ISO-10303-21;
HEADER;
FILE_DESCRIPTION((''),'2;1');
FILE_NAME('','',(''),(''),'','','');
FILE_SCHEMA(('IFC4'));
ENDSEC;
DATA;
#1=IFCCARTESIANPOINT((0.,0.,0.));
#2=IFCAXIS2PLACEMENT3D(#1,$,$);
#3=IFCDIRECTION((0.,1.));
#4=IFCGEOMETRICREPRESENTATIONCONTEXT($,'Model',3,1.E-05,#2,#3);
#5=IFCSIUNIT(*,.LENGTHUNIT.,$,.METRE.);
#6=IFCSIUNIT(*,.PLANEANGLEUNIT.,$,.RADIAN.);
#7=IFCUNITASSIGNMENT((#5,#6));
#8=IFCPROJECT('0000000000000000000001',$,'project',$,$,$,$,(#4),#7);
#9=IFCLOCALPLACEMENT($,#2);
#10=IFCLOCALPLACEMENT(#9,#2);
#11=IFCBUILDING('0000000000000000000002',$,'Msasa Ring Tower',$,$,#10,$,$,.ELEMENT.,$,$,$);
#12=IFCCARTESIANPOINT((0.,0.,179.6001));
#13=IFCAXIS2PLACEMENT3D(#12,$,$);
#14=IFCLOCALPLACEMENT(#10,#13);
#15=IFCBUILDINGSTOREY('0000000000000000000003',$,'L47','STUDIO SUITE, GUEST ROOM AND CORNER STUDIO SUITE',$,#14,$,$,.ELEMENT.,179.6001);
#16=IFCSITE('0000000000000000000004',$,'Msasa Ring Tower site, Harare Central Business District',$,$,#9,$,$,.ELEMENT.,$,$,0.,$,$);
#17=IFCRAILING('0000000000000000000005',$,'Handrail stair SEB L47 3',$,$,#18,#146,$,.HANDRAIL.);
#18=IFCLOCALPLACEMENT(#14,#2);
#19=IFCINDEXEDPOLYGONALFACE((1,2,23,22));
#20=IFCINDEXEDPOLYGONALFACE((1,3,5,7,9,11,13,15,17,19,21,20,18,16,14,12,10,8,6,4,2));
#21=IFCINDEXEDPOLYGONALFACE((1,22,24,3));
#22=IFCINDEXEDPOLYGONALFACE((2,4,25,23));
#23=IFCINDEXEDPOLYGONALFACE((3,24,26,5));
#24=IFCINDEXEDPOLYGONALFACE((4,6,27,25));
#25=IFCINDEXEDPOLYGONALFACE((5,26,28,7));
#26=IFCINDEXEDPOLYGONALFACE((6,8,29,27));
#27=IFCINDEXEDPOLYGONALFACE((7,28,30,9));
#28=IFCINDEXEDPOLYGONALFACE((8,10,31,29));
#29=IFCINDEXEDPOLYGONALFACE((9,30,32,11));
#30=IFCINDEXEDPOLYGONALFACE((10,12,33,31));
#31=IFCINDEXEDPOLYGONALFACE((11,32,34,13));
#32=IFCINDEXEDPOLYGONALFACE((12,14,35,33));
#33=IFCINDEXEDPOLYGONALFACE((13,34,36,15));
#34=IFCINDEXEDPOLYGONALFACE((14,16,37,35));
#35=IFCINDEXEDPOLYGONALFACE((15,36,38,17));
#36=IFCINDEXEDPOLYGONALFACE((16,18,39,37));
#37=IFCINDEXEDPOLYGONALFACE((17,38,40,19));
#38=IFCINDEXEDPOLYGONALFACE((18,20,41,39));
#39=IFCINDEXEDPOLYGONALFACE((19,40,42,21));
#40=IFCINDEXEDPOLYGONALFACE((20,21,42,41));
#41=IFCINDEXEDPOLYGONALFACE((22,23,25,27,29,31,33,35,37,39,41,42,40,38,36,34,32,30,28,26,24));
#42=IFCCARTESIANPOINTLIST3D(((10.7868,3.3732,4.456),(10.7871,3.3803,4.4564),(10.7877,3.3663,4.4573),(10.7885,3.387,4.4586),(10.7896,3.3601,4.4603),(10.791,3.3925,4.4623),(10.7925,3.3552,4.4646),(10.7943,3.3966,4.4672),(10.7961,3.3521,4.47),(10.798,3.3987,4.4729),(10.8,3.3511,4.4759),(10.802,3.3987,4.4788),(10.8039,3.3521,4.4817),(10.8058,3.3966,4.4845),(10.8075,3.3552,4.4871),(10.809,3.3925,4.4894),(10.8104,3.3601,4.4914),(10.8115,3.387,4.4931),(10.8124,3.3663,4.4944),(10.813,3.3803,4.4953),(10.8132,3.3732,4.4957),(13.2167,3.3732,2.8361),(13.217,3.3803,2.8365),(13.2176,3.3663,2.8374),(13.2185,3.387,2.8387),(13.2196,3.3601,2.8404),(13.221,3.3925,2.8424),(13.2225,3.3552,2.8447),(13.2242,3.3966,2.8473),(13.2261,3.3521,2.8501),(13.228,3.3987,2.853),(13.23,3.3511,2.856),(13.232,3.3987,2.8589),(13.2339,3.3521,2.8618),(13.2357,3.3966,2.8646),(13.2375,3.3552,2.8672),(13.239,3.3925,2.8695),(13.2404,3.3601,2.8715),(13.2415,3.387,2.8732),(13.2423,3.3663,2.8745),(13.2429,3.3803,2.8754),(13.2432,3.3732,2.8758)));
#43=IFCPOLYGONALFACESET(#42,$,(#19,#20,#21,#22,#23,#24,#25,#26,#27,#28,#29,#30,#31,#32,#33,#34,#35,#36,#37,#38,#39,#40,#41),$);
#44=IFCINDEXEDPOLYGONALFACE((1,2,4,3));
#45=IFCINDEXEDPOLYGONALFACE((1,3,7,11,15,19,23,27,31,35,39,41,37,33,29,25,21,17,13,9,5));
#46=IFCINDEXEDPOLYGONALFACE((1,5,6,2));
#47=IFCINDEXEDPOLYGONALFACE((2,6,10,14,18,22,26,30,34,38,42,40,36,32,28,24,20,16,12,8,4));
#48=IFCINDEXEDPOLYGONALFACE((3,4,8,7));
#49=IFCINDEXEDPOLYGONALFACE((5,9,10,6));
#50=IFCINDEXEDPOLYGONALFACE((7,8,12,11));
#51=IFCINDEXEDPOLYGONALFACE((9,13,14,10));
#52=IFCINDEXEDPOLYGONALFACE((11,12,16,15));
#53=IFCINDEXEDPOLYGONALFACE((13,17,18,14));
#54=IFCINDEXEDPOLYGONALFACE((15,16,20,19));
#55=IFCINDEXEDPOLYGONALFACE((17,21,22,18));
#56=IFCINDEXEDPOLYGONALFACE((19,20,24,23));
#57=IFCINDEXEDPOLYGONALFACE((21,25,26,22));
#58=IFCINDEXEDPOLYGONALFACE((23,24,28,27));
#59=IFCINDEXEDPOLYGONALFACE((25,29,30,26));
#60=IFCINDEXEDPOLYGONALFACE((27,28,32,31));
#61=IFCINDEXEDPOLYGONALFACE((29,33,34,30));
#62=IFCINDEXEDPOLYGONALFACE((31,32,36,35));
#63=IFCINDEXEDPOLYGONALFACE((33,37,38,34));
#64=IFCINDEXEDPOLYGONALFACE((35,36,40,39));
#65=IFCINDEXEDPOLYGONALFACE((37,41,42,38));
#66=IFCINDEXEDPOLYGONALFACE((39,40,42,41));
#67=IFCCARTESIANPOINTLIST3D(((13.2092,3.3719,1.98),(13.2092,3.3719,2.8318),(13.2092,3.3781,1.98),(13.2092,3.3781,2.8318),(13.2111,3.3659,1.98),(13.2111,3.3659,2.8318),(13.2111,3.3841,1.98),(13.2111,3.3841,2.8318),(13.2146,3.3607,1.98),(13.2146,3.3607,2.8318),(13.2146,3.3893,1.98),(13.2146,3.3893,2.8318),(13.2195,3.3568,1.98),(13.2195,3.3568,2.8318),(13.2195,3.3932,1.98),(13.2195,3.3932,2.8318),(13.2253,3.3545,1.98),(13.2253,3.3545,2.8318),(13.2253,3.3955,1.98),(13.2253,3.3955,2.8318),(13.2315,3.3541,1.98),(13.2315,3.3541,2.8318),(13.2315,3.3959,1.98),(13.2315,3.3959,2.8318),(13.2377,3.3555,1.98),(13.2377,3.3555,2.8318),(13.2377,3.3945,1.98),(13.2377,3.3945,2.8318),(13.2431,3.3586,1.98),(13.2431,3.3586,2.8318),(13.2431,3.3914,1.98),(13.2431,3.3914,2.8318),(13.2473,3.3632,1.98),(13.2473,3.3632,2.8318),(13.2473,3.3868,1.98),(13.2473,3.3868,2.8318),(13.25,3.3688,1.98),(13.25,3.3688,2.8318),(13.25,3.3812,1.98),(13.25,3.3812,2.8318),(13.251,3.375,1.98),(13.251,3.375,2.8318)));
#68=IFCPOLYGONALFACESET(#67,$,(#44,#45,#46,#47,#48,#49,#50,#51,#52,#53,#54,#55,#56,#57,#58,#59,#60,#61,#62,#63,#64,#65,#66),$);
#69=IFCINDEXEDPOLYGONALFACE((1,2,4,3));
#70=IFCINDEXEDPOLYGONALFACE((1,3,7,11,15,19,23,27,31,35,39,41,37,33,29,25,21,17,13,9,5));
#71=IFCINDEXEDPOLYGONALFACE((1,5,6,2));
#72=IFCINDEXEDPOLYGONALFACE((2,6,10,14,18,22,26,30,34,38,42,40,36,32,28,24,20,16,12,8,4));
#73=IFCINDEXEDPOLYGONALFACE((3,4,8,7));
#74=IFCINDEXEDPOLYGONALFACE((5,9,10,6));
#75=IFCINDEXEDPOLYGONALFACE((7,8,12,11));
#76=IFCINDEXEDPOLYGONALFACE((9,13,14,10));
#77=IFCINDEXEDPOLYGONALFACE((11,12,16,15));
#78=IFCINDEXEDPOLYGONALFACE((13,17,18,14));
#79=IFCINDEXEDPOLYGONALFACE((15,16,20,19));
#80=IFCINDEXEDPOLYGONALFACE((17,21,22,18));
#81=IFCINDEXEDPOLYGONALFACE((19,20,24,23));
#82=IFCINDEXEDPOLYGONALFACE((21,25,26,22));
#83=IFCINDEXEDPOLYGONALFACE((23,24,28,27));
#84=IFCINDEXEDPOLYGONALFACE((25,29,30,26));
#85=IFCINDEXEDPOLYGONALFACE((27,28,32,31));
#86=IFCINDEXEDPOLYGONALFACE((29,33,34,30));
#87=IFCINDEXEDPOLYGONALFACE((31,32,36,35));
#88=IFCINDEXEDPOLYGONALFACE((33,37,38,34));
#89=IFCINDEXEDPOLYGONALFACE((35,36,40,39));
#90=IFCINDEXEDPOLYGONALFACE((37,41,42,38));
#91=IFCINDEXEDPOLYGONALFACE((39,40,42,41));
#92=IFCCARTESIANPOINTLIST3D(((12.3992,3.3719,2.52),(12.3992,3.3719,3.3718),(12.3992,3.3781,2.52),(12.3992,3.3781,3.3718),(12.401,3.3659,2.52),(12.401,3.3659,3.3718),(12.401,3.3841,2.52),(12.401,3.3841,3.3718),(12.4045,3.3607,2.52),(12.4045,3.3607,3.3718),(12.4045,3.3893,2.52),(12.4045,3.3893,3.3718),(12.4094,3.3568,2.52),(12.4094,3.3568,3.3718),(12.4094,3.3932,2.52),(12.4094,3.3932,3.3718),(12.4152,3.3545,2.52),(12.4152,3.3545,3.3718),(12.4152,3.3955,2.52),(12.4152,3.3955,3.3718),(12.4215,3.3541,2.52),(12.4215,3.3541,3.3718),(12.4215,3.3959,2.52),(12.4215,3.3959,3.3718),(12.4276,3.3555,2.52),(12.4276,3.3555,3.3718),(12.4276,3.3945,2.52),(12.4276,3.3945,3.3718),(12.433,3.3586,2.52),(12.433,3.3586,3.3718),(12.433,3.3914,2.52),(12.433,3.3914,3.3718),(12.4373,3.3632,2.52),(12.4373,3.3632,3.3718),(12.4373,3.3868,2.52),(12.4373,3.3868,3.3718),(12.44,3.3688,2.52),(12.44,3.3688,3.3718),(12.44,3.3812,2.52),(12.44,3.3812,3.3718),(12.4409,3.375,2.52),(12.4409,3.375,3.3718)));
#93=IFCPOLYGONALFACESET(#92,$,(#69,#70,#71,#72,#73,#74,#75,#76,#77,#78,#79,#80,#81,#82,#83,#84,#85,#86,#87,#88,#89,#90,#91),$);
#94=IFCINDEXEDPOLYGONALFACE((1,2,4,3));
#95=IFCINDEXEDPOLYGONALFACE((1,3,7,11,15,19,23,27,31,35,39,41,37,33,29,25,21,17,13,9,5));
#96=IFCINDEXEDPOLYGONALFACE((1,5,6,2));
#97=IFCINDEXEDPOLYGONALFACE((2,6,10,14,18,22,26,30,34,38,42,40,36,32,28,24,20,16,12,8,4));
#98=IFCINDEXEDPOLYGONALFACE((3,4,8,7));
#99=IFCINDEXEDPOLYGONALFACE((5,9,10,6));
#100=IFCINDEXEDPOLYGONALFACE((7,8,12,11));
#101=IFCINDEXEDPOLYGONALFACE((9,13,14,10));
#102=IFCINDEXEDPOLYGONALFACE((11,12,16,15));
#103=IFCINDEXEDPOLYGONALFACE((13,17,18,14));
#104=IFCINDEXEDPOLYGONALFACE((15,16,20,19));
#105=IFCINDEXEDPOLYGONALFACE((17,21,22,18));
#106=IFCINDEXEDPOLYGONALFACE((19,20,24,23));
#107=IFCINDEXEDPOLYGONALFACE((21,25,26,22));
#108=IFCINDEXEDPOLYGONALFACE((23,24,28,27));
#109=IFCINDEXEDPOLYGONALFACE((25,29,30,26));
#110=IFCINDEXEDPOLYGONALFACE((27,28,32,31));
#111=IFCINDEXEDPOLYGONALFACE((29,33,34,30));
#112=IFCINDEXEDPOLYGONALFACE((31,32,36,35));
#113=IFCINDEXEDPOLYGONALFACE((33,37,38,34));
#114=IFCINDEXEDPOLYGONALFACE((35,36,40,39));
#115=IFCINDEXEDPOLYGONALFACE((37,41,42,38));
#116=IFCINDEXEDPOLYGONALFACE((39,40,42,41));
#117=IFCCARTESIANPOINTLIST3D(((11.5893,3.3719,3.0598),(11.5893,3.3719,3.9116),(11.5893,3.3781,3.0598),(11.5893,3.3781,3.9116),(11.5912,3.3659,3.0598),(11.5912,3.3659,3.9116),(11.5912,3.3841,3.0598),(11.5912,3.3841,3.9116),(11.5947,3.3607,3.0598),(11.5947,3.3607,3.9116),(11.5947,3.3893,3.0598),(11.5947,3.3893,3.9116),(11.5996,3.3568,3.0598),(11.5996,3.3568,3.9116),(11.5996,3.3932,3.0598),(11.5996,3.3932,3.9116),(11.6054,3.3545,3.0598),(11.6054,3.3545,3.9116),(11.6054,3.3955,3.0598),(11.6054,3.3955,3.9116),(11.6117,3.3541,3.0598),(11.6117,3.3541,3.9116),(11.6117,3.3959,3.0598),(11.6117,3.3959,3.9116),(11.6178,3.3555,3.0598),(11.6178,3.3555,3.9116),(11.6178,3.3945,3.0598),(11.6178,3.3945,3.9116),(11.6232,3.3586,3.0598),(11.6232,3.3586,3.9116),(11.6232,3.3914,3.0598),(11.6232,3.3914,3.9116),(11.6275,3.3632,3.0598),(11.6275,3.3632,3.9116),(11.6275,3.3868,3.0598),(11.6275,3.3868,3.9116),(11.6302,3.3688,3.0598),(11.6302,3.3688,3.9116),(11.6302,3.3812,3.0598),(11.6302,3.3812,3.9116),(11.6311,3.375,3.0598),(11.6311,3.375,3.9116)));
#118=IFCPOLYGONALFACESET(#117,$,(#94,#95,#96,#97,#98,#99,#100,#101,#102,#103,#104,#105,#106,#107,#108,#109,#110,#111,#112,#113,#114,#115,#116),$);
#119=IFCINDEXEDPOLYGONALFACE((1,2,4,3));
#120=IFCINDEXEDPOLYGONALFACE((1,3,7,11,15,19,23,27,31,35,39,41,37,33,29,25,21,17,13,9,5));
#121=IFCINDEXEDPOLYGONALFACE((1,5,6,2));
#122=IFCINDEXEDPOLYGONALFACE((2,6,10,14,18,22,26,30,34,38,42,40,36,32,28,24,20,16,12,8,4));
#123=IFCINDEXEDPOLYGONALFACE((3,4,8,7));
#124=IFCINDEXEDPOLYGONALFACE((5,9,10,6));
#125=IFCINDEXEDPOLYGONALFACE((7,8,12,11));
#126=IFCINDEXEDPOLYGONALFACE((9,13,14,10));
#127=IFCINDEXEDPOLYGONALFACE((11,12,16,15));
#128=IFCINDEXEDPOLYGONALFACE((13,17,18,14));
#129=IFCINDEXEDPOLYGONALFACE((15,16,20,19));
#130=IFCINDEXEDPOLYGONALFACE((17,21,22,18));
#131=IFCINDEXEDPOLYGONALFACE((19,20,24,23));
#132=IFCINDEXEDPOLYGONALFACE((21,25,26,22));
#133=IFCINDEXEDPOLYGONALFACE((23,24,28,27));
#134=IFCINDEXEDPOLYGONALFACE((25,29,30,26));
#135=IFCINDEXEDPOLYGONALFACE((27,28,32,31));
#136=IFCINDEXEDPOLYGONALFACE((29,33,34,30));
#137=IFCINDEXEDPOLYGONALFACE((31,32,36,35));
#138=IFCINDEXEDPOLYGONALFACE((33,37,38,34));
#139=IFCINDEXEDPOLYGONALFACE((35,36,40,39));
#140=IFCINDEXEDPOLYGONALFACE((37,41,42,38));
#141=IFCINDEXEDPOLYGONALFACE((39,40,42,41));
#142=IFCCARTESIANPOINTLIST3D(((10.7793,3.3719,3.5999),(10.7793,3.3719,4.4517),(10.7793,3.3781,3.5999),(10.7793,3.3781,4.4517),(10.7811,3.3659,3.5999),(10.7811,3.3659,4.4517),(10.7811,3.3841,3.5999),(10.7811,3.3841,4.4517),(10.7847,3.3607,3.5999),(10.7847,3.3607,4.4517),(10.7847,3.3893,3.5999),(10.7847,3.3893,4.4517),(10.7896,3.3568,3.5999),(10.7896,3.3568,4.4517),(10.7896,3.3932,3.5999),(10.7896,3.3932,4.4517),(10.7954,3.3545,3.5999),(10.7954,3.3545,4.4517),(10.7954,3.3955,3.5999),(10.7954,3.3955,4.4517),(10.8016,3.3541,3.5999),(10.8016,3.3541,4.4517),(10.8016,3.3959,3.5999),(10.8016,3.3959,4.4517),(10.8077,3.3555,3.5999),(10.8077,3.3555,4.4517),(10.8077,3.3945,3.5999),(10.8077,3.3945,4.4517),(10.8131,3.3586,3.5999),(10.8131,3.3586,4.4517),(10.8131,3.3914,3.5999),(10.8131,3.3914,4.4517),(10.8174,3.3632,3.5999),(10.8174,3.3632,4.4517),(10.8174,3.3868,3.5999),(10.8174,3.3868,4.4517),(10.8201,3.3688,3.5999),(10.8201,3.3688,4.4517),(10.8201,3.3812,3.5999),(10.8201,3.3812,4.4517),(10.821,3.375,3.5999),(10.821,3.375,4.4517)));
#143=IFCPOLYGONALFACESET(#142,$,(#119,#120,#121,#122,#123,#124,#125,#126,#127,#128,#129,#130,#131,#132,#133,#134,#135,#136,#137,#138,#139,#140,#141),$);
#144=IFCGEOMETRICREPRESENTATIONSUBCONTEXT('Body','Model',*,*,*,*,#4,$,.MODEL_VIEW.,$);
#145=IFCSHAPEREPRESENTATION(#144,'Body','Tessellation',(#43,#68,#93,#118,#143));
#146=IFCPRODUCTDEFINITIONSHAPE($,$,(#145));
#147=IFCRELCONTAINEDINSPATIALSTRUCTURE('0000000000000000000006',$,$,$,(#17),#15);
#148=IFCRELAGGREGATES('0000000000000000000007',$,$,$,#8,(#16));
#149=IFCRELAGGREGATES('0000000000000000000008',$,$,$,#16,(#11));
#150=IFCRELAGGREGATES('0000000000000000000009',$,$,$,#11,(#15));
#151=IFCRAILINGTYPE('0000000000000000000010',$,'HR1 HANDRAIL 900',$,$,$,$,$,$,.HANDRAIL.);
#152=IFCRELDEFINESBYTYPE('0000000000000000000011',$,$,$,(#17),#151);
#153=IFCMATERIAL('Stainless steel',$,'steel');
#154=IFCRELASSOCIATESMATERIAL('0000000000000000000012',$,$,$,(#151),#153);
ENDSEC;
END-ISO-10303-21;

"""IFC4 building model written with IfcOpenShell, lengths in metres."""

from ifc_helpers import new_model, si_unit, direction, frame, origin, origin_2d, place, context, subcontext, project, spatial, circle, extrude, material, type_object, element, save


model = new_model("IFC4")

# Units and contexts
model_context = context("Model", 3, precision=1e-05, world=origin(), true_north=direction((0.0, 1.0)))
body_context = subcontext(model_context, "Body", "Model", "MODEL_VIEW")
ifc_project = project(units=[si_unit("LENGTHUNIT", "METRE"), si_unit("PLANEANGLEUNIT", "RADIAN")], contexts=[model_context])

# Site, building, storey
site_placement = place(None, origin())
site = spatial("IfcSite", under=ifc_project, at=site_placement, Name="Msasa Ring Tower site, Harare Central Business District", CompositionType="ELEMENT", RefElevation=0.0)
building_placement = place(site_placement, origin())
building = spatial("IfcBuilding", under=site, at=building_placement, Name="Msasa Ring Tower", CompositionType="ELEMENT")
storey_placement = place(building_placement, frame((0.0, 0.0, 179.6001)))
storey = spatial("IfcBuildingStorey", under=building, at=storey_placement, Name="L47", Description="STUDIO SUITE, GUEST ROOM AND CORNER STUDIO SUITE", CompositionType="ELEMENT", Elevation=179.6001)

# Railing
ifc_material_1 = material(Name="Stainless steel", Category="steel")
railing_type = type_object("IfcRailingType", Name="HR1 HANDRAIL 900", PredefinedType="HANDRAIL", material=ifc_material_1)
for number, where, name in (
    (1, (13.23, 3.375, 1.98), "Handrail stair SEB L47 3"),
):
    element("IfcRailing", number, at=place(storey_placement, frame(where)), inside=storey, type_object=railing_type, Name=name, PredefinedType="HANDRAIL", context=body_context, shape_type="SweptSolid", body=[
        extrude(circle(Radius=0.0239, at=origin_2d()), frame((0.0, 0.0, 0.876), z_axis=(-0.832063, 0.0, 0.554681), x_axis=(0.0, -1.0, 0.0)), (0.0, 0.0, 1.0), 2.9204),
        extrude(circle(Radius=0.021, at=origin_2d()), origin(), (0.0, 0.0, 1.0), 0.8518),
        extrude(circle(Radius=0.021, at=origin_2d()), frame((-0.8101, 0.0, 0.54)), (0.0, 0.0, 1.0), 0.8518),
        extrude(circle(Radius=0.021, at=origin_2d()), frame((-1.6199, 0.0, 1.0798)), (0.0, 0.0, 1.0), 0.8518),
        extrude(circle(Radius=0.021, at=origin_2d()), frame((-2.4299, 0.0, 1.6199)), (0.0, 0.0, 1.0), 0.8518),
    ])

save(model, "model.ifc")
